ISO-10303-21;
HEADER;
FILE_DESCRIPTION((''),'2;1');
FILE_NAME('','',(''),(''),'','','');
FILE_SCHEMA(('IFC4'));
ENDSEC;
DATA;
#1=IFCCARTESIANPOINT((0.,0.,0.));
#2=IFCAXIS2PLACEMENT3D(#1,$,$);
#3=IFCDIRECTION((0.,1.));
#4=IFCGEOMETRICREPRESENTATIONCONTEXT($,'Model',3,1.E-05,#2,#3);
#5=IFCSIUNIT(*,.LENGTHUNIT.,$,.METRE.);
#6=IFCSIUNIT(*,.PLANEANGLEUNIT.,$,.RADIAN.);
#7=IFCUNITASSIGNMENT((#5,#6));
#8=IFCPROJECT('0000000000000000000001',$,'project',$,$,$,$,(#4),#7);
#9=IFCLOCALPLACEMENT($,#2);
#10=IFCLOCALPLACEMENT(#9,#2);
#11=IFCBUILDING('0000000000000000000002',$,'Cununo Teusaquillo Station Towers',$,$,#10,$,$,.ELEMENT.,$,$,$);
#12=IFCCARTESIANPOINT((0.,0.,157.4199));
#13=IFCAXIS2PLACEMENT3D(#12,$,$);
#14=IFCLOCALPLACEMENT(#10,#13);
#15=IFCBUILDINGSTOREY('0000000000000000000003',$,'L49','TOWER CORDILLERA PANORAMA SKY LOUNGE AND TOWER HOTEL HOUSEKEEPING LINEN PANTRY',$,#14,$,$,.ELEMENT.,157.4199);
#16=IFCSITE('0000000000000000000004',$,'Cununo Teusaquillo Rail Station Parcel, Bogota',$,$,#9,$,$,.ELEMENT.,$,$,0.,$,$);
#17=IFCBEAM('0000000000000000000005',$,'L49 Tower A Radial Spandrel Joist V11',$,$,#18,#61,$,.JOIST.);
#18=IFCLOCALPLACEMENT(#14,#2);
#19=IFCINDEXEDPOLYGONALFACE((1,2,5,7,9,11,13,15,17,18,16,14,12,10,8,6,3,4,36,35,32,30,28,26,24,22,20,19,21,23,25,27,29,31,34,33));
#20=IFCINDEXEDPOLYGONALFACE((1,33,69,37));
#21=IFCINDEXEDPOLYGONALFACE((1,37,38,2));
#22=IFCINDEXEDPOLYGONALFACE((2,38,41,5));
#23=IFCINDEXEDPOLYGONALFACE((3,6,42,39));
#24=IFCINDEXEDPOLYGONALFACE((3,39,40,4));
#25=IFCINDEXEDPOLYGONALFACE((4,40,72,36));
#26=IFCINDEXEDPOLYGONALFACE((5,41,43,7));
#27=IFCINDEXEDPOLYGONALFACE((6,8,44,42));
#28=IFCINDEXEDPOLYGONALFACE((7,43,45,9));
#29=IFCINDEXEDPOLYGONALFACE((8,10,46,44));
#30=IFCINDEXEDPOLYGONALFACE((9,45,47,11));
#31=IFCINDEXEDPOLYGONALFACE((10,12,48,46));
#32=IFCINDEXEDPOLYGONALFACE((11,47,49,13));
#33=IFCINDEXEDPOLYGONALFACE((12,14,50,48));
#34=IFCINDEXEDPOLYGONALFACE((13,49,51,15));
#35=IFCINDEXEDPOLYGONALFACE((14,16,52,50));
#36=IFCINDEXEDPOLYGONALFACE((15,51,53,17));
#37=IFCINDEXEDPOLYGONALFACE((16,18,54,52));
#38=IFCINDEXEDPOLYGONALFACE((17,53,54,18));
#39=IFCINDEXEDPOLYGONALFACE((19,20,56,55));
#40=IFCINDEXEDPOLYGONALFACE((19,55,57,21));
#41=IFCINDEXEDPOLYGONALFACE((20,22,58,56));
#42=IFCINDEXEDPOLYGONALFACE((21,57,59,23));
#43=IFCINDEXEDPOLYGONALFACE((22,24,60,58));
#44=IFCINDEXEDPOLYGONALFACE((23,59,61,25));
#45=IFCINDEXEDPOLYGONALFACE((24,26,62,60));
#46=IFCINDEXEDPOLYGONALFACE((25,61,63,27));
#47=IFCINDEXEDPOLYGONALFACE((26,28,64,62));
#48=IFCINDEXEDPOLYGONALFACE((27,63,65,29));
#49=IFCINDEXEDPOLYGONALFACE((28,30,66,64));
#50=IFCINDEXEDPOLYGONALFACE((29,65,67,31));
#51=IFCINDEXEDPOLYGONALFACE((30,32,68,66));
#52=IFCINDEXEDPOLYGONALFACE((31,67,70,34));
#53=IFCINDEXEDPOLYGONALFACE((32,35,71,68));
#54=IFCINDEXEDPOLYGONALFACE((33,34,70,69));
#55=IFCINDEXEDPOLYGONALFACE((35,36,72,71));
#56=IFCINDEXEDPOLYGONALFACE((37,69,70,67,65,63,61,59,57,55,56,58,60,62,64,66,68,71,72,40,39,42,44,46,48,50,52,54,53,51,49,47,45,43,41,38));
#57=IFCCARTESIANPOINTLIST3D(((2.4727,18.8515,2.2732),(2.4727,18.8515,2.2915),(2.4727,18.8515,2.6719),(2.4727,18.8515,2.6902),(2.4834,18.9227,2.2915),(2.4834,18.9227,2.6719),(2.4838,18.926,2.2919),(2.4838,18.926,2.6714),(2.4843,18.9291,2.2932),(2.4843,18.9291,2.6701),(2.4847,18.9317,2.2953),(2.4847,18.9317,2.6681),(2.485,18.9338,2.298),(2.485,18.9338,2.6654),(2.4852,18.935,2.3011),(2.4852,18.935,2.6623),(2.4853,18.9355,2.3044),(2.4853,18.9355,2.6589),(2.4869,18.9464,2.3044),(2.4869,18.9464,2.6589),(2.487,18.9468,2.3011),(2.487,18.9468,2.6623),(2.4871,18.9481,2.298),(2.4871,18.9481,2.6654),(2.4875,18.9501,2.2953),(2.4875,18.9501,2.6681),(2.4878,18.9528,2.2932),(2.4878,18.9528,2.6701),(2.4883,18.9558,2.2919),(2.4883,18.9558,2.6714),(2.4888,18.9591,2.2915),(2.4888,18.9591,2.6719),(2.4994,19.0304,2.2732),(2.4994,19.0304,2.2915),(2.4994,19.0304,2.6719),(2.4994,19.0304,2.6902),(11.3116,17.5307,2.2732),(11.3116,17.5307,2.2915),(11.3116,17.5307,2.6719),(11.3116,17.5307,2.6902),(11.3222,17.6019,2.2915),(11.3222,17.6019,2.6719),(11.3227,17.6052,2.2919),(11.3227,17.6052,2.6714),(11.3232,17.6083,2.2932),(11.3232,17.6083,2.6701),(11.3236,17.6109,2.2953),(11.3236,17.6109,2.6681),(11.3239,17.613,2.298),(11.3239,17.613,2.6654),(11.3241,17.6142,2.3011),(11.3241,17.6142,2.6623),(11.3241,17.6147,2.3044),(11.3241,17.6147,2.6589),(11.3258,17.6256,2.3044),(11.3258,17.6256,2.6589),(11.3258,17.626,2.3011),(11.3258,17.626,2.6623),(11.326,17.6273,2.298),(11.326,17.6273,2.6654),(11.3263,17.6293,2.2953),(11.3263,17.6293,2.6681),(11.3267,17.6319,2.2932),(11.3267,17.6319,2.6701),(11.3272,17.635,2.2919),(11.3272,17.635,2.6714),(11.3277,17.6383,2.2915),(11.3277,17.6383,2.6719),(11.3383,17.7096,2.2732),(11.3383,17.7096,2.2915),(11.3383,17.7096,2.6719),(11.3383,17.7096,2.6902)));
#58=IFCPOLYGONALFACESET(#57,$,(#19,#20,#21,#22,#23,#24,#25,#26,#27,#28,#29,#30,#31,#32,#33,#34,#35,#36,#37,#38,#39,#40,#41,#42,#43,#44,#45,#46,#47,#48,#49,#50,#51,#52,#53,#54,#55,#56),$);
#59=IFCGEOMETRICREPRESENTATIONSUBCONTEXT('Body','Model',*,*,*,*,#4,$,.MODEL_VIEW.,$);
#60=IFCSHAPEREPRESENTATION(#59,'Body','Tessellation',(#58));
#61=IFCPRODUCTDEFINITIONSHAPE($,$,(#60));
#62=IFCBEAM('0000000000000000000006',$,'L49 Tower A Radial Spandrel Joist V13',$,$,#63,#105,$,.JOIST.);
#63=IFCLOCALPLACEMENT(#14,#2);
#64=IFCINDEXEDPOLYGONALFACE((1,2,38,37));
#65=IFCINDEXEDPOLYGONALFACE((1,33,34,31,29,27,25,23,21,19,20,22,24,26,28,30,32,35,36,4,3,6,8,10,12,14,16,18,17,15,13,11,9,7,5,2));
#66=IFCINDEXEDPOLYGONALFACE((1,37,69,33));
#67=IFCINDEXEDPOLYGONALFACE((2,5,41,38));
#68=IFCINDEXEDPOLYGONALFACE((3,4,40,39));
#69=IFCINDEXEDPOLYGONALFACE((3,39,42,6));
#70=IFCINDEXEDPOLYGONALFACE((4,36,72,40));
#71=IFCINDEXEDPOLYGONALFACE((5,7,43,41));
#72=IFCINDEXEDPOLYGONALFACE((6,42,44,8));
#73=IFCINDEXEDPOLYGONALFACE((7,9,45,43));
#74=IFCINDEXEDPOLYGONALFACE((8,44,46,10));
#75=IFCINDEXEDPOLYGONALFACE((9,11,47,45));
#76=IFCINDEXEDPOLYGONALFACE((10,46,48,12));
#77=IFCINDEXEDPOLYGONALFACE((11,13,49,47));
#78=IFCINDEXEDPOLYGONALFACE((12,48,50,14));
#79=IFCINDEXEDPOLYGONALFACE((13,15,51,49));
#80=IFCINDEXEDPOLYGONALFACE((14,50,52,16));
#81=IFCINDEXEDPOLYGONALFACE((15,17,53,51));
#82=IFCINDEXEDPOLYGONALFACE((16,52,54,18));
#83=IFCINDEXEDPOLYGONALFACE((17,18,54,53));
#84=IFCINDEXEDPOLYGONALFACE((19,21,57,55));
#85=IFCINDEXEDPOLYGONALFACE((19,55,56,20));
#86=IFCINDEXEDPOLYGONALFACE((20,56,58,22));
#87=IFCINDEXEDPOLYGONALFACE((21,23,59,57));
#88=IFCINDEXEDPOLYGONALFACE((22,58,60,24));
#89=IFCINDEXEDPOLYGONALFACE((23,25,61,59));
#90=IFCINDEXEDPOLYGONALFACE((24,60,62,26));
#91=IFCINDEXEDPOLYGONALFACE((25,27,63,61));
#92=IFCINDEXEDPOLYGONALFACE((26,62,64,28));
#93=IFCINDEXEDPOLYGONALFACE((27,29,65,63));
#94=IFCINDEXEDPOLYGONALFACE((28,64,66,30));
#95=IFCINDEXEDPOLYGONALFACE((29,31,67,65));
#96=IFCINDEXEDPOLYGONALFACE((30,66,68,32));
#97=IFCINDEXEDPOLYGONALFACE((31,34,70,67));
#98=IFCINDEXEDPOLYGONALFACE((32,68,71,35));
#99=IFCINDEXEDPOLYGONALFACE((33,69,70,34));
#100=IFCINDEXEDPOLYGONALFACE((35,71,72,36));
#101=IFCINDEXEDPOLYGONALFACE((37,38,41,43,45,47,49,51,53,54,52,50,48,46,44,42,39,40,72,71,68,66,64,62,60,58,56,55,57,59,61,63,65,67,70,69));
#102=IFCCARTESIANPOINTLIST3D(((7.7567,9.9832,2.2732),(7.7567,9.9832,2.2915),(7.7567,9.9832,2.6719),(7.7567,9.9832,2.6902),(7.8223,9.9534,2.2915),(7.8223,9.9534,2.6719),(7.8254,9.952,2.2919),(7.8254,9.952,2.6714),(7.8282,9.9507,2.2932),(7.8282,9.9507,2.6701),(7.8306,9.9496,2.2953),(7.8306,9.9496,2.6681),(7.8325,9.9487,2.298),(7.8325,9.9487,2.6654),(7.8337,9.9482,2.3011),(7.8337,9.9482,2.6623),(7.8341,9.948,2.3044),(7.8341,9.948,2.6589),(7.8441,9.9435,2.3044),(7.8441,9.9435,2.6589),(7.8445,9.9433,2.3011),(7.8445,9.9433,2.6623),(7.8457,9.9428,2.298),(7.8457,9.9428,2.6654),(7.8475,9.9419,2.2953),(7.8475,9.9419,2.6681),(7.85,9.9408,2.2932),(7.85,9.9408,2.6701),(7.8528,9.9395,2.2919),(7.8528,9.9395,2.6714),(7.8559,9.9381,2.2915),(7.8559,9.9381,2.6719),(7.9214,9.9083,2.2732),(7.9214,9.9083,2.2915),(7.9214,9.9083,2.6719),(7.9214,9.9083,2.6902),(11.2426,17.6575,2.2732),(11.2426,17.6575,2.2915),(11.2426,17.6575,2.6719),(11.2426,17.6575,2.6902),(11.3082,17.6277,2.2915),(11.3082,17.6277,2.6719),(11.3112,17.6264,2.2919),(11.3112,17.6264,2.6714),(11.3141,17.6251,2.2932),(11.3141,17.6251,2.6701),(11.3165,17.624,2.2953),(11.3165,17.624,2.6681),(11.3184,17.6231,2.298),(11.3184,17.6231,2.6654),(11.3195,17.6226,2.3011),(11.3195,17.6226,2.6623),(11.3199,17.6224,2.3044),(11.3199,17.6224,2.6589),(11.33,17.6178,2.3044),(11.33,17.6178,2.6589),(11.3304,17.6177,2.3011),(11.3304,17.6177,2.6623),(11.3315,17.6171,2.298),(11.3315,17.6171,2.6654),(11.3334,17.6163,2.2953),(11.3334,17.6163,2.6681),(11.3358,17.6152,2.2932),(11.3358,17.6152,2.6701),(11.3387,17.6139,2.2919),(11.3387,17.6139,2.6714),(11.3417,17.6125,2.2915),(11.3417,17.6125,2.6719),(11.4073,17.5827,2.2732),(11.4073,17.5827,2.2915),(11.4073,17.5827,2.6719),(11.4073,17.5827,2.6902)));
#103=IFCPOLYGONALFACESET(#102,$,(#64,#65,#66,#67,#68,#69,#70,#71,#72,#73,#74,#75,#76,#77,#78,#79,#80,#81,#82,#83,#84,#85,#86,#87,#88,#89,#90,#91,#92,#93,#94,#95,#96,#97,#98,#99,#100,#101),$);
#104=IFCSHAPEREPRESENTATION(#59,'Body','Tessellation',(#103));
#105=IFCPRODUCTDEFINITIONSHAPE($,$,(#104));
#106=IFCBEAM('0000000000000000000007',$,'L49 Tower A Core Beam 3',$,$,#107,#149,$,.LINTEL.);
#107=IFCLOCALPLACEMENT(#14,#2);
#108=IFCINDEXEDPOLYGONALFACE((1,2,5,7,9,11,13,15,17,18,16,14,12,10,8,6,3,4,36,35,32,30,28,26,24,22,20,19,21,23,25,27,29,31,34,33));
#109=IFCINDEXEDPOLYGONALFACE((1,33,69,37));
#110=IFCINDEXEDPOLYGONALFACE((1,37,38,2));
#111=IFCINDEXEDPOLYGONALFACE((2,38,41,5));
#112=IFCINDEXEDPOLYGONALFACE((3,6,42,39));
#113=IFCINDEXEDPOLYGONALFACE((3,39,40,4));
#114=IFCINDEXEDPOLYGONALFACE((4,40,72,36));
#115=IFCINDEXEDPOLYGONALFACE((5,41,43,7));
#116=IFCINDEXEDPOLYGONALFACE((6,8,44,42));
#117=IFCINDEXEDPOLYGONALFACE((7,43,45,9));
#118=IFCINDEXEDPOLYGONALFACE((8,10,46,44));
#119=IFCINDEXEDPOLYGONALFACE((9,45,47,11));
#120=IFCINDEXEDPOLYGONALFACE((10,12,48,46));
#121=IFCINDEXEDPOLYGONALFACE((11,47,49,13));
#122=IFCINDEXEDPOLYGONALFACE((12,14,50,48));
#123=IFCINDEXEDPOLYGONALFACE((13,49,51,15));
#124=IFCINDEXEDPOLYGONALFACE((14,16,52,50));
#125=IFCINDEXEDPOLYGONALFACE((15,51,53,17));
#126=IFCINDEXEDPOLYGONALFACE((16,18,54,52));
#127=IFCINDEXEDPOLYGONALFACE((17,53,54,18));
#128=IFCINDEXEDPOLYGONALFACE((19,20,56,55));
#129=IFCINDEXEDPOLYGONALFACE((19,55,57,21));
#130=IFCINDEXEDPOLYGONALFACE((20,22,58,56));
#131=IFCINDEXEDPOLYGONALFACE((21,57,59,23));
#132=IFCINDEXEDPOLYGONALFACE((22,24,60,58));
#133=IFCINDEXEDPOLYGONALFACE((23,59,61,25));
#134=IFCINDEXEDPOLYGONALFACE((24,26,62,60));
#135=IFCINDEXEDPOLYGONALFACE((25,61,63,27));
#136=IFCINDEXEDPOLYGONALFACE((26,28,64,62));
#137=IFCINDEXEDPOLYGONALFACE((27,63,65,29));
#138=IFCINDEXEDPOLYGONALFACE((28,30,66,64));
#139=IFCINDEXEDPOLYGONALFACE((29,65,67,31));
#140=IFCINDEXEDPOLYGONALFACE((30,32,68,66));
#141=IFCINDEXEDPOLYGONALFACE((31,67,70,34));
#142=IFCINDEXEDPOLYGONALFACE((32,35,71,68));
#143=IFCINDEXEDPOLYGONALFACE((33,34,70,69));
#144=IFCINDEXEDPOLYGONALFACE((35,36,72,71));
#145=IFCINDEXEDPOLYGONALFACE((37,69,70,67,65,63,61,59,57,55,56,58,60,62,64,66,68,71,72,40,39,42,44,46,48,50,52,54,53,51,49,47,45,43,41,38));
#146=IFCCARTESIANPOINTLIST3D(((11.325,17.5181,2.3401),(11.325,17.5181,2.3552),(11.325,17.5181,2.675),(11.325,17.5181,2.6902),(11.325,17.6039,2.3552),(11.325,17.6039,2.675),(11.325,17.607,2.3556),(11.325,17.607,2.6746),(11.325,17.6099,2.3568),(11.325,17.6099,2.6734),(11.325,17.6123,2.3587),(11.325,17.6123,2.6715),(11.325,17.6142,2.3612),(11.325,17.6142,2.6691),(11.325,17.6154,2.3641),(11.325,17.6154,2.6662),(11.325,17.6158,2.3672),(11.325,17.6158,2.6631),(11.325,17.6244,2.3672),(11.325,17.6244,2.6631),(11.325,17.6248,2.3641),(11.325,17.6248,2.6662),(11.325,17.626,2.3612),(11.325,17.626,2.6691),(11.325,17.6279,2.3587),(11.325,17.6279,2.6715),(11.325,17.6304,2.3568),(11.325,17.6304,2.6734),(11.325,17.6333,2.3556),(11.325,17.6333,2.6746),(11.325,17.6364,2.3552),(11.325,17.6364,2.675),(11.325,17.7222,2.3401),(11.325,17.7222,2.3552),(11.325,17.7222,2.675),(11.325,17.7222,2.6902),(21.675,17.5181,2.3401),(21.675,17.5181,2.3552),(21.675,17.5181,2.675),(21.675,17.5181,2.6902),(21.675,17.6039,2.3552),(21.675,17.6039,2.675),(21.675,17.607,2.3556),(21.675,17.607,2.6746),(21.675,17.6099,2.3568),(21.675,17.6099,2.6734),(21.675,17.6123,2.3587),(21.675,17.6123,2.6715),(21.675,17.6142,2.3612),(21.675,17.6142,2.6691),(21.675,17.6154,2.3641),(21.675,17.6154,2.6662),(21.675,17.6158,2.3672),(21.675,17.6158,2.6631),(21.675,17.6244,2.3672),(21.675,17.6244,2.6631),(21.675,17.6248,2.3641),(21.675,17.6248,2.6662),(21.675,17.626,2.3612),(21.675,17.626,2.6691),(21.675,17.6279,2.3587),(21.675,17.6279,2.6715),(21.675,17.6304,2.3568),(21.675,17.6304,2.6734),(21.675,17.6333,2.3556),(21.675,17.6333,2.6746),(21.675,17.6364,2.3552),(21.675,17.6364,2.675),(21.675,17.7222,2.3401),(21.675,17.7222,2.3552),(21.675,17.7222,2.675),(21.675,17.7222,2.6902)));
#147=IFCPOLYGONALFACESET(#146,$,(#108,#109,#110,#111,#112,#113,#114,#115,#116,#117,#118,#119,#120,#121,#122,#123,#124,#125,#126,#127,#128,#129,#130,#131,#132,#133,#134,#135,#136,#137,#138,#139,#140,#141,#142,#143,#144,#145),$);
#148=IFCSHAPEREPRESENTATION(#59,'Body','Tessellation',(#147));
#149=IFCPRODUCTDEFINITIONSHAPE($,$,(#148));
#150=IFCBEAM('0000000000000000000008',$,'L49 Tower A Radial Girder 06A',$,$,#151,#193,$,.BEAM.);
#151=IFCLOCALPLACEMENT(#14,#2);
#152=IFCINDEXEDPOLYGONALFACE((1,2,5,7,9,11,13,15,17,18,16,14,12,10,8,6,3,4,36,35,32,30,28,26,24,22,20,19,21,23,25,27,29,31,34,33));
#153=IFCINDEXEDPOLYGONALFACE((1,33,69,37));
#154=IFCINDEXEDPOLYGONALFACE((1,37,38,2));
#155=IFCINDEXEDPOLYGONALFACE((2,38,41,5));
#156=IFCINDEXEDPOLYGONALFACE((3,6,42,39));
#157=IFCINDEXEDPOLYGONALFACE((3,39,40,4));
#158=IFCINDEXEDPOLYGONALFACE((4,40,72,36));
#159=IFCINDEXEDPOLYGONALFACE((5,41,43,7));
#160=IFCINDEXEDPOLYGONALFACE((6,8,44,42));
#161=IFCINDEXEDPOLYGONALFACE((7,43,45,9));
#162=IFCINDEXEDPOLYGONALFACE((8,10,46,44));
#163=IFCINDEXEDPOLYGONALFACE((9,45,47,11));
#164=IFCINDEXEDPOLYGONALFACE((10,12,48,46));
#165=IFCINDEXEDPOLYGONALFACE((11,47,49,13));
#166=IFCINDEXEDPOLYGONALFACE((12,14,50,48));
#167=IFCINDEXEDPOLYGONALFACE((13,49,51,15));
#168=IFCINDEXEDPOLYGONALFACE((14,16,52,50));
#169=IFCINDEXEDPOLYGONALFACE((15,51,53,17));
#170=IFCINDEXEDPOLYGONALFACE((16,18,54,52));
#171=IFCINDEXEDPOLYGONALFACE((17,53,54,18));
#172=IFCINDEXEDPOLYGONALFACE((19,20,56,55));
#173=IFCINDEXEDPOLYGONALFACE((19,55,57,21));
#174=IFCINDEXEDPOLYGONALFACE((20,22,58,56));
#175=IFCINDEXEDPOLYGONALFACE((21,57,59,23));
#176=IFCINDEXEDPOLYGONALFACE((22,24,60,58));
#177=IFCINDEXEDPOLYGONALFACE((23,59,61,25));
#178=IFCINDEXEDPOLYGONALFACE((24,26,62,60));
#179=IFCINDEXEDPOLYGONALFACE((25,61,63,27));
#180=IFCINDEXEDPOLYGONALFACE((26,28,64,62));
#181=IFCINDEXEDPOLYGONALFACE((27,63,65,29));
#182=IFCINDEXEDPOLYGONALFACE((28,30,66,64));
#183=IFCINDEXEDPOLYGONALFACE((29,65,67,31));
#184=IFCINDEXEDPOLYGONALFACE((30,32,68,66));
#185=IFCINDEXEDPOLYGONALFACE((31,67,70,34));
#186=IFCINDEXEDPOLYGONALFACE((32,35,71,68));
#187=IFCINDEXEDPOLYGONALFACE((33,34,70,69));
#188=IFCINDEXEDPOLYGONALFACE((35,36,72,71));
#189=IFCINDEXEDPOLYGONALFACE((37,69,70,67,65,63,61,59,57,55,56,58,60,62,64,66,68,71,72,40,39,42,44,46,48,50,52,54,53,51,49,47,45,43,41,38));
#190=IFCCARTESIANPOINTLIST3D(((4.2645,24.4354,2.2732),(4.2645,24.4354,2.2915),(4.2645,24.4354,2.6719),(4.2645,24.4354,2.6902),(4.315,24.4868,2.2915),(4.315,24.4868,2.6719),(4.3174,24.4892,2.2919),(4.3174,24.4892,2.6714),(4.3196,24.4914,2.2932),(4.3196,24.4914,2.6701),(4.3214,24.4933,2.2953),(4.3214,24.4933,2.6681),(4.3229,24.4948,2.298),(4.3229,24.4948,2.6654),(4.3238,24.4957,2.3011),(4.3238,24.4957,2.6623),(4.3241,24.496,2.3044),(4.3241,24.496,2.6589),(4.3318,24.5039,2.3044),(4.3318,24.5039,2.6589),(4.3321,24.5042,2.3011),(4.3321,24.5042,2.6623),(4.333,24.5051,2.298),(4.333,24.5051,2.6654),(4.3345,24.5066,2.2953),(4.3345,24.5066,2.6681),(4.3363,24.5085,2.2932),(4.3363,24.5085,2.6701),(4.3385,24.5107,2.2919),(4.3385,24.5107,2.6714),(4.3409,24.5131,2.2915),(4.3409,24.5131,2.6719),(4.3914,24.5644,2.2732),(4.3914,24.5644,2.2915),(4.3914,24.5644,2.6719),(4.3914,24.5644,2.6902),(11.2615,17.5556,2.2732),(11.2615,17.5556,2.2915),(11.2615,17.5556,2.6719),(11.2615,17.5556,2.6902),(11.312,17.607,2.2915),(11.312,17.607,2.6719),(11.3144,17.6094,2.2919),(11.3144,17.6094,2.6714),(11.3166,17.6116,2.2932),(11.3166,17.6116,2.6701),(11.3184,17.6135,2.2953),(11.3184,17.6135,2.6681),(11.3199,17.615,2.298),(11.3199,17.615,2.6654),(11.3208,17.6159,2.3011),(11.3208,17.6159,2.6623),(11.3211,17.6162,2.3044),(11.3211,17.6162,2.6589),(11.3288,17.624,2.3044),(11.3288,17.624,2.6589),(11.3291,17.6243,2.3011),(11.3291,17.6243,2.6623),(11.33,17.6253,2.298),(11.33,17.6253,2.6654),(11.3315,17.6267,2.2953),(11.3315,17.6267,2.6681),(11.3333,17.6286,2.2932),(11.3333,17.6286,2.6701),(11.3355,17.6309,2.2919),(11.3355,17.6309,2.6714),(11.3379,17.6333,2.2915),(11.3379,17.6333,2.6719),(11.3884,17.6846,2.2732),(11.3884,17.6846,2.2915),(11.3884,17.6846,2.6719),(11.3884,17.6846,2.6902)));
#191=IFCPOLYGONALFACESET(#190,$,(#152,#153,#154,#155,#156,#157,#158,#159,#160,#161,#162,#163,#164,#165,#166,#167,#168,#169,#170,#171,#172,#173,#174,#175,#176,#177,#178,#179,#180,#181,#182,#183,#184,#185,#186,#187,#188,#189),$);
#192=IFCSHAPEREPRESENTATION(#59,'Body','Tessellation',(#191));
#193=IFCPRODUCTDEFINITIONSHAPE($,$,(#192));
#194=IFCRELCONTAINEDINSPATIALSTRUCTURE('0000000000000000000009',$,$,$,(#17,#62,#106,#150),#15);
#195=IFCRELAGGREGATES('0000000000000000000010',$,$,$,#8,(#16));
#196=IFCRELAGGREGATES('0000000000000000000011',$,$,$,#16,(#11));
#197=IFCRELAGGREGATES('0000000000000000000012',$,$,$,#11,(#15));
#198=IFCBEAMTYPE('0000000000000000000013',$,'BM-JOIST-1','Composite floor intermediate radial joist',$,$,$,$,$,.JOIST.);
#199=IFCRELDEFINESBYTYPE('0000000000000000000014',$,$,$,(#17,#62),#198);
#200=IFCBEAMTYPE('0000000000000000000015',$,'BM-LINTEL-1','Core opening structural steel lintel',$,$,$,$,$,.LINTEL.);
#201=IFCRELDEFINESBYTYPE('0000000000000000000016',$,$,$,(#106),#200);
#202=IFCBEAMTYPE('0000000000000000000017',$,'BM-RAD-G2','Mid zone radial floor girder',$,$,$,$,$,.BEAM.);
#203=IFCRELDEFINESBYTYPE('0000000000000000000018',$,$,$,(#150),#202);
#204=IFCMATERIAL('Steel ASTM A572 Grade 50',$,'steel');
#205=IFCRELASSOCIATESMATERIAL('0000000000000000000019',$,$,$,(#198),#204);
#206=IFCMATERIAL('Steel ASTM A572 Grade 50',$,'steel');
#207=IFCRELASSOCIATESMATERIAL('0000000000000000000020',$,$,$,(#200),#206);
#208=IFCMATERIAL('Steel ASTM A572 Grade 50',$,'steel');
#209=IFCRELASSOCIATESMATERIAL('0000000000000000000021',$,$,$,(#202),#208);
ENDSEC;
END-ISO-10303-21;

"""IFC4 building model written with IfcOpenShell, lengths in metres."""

from ifc_helpers import new_model, si_unit, direction, frame, origin, origin_2d, place, context, subcontext, project, spatial, i_section, extrude, material, material_profile, profile_set, type_object, element, save


model = new_model("IFC4")

# Units and contexts
model_context = context("Model", 3, precision=1e-05, world=origin(), true_north=direction((0.0, 1.0)))
body_context = subcontext(model_context, "Body", "Model", "MODEL_VIEW")
ifc_project = project(units=[si_unit("LENGTHUNIT", "METRE"), si_unit("PLANEANGLEUNIT", "RADIAN")], contexts=[model_context])

# Site, building, storey
site_placement = place(None, origin())
site = spatial("IfcSite", under=ifc_project, at=site_placement, Name="Cununo Teusaquillo Rail Station Parcel, Bogota", CompositionType="ELEMENT", RefElevation=0.0)
building_placement = place(site_placement, origin())
building = spatial("IfcBuilding", under=site, at=building_placement, Name="Cununo Teusaquillo Station Towers", CompositionType="ELEMENT")
storey_placement = place(building_placement, frame((0.0, 0.0, 157.4199)))
storey = spatial("IfcBuildingStorey", under=building, at=storey_placement, Name="L49", Description="TOWER CORDILLERA PANORAMA SKY LOUNGE AND TOWER HOTEL HOUSEKEEPING LINEN PANTRY", CompositionType="ELEMENT", Elevation=157.4199)

# Beams
ifc_material_1 = material(Name="Steel ASTM A572 Grade 50", Category="steel")
ifc_material_profile_1 = material_profile(ifc_material_1, i_section(OverallWidth=0.1809, OverallDepth=0.417, WebThickness=0.011, FlangeThickness=0.0183, FilletRadius=0.0129, at=origin_2d()), Name="W16X57")
ifc_profile_set_1 = profile_set([ifc_material_profile_1], Name="Steel ASTM A572 Grade 50")
beam_type_1 = type_object("IfcBeamType", Name="BM-JOIST-1", Description="Composite floor intermediate radial joist", PredefinedType="JOIST", material=ifc_profile_set_1)
beam_1_placement = place(storey_placement, frame((11.325, 17.6201, 2.4817), z_axis=(-0.989019, 0.14779, 0.0), x_axis=(-0.14779, -0.989019, 0.0)))
element("IfcBeam", 1, at=beam_1_placement, inside=storey, type_object=beam_type_1, Name="L49 Tower A Radial Spandrel Joist V11", PredefinedType="JOIST", context=body_context, shape_type="SweptSolid", body=[
    extrude(i_section(OverallWidth=0.1809, OverallDepth=0.417, WebThickness=0.011, FlangeThickness=0.0183, FilletRadius=0.0129, at=origin_2d()), origin(), (0.0, 0.0, 1.0), 8.937),
])
beam_2_placement = place(storey_placement, frame((11.325, 17.6201, 2.4817), z_axis=(-0.413559, -0.910478, 0.0), x_axis=(0.910478, -0.413559, 0.0)))
element("IfcBeam", 2, at=beam_2_placement, inside=storey, type_object=beam_type_1, Name="L49 Tower A Radial Spandrel Joist V13", PredefinedType="JOIST", context=body_context, shape_type="SweptSolid", body=[
    extrude(i_section(OverallWidth=0.1809, OverallDepth=0.417, WebThickness=0.011, FlangeThickness=0.0183, FilletRadius=0.0129, at=origin_2d()), origin(), (0.0, 0.0, 1.0), 8.429),
])
ifc_material_2 = material(Name="Steel ASTM A572 Grade 50", Category="steel")
ifc_material_profile_2 = material_profile(ifc_material_2, i_section(OverallWidth=0.2041, OverallDepth=0.3501, WebThickness=0.0085, FlangeThickness=0.0151, FilletRadius=0.012, at=origin_2d()), Name="W14X48")
ifc_profile_set_2 = profile_set([ifc_material_profile_2], Name="Steel ASTM A572 Grade 50")
beam_type_2 = type_object("IfcBeamType", Name="BM-LINTEL-1", Description="Core opening structural steel lintel", PredefinedType="LINTEL", material=ifc_profile_set_2)
beam_3_placement = place(storey_placement, frame((11.325, 17.6201, 2.5151), z_axis=(1.0, 0.0, 0.0), x_axis=(0.0, 1.0, 0.0)))
element("IfcBeam", 3, at=beam_3_placement, inside=storey, type_object=beam_type_2, Name="L49 Tower A Core Beam 3", PredefinedType="LINTEL", context=body_context, shape_type="SweptSolid", body=[
    extrude(i_section(OverallWidth=0.2041, OverallDepth=0.3501, WebThickness=0.0085, FlangeThickness=0.0151, FilletRadius=0.012, at=origin_2d()), origin(), (0.0, 0.0, 1.0), 10.3501),
])
ifc_material_3 = material(Name="Steel ASTM A572 Grade 50", Category="steel")
ifc_material_profile_3 = material_profile(ifc_material_3, i_section(OverallWidth=0.1809, OverallDepth=0.417, WebThickness=0.011, FlangeThickness=0.0183, FilletRadius=0.0129, at=origin_2d()), Name="W16X57")
ifc_profile_set_3 = profile_set([ifc_material_profile_3], Name="Steel ASTM A572 Grade 50")
beam_type_3 = type_object("IfcBeamType", Name="BM-RAD-G2", Description="Mid zone radial floor girder", PredefinedType="BEAM", material=ifc_profile_set_3)
beam_4_placement = place(storey_placement, frame((11.325, 17.6201, 2.4817), z_axis=(-0.713053, 0.70111, 0.0), x_axis=(-0.70111, -0.713053, 0.0)))
element("IfcBeam", 4, at=beam_4_placement, inside=storey, type_object=beam_type_3, Name="L49 Tower A Radial Girder 06A", PredefinedType="BEAM", context=body_context, shape_type="SweptSolid", body=[
    extrude(i_section(OverallWidth=0.1809, OverallDepth=0.417, WebThickness=0.011, FlangeThickness=0.0183, FilletRadius=0.0129, at=origin_2d()), origin(), (0.0, 0.0, 1.0), 9.8127),
])

save(model, "model.ifc")
